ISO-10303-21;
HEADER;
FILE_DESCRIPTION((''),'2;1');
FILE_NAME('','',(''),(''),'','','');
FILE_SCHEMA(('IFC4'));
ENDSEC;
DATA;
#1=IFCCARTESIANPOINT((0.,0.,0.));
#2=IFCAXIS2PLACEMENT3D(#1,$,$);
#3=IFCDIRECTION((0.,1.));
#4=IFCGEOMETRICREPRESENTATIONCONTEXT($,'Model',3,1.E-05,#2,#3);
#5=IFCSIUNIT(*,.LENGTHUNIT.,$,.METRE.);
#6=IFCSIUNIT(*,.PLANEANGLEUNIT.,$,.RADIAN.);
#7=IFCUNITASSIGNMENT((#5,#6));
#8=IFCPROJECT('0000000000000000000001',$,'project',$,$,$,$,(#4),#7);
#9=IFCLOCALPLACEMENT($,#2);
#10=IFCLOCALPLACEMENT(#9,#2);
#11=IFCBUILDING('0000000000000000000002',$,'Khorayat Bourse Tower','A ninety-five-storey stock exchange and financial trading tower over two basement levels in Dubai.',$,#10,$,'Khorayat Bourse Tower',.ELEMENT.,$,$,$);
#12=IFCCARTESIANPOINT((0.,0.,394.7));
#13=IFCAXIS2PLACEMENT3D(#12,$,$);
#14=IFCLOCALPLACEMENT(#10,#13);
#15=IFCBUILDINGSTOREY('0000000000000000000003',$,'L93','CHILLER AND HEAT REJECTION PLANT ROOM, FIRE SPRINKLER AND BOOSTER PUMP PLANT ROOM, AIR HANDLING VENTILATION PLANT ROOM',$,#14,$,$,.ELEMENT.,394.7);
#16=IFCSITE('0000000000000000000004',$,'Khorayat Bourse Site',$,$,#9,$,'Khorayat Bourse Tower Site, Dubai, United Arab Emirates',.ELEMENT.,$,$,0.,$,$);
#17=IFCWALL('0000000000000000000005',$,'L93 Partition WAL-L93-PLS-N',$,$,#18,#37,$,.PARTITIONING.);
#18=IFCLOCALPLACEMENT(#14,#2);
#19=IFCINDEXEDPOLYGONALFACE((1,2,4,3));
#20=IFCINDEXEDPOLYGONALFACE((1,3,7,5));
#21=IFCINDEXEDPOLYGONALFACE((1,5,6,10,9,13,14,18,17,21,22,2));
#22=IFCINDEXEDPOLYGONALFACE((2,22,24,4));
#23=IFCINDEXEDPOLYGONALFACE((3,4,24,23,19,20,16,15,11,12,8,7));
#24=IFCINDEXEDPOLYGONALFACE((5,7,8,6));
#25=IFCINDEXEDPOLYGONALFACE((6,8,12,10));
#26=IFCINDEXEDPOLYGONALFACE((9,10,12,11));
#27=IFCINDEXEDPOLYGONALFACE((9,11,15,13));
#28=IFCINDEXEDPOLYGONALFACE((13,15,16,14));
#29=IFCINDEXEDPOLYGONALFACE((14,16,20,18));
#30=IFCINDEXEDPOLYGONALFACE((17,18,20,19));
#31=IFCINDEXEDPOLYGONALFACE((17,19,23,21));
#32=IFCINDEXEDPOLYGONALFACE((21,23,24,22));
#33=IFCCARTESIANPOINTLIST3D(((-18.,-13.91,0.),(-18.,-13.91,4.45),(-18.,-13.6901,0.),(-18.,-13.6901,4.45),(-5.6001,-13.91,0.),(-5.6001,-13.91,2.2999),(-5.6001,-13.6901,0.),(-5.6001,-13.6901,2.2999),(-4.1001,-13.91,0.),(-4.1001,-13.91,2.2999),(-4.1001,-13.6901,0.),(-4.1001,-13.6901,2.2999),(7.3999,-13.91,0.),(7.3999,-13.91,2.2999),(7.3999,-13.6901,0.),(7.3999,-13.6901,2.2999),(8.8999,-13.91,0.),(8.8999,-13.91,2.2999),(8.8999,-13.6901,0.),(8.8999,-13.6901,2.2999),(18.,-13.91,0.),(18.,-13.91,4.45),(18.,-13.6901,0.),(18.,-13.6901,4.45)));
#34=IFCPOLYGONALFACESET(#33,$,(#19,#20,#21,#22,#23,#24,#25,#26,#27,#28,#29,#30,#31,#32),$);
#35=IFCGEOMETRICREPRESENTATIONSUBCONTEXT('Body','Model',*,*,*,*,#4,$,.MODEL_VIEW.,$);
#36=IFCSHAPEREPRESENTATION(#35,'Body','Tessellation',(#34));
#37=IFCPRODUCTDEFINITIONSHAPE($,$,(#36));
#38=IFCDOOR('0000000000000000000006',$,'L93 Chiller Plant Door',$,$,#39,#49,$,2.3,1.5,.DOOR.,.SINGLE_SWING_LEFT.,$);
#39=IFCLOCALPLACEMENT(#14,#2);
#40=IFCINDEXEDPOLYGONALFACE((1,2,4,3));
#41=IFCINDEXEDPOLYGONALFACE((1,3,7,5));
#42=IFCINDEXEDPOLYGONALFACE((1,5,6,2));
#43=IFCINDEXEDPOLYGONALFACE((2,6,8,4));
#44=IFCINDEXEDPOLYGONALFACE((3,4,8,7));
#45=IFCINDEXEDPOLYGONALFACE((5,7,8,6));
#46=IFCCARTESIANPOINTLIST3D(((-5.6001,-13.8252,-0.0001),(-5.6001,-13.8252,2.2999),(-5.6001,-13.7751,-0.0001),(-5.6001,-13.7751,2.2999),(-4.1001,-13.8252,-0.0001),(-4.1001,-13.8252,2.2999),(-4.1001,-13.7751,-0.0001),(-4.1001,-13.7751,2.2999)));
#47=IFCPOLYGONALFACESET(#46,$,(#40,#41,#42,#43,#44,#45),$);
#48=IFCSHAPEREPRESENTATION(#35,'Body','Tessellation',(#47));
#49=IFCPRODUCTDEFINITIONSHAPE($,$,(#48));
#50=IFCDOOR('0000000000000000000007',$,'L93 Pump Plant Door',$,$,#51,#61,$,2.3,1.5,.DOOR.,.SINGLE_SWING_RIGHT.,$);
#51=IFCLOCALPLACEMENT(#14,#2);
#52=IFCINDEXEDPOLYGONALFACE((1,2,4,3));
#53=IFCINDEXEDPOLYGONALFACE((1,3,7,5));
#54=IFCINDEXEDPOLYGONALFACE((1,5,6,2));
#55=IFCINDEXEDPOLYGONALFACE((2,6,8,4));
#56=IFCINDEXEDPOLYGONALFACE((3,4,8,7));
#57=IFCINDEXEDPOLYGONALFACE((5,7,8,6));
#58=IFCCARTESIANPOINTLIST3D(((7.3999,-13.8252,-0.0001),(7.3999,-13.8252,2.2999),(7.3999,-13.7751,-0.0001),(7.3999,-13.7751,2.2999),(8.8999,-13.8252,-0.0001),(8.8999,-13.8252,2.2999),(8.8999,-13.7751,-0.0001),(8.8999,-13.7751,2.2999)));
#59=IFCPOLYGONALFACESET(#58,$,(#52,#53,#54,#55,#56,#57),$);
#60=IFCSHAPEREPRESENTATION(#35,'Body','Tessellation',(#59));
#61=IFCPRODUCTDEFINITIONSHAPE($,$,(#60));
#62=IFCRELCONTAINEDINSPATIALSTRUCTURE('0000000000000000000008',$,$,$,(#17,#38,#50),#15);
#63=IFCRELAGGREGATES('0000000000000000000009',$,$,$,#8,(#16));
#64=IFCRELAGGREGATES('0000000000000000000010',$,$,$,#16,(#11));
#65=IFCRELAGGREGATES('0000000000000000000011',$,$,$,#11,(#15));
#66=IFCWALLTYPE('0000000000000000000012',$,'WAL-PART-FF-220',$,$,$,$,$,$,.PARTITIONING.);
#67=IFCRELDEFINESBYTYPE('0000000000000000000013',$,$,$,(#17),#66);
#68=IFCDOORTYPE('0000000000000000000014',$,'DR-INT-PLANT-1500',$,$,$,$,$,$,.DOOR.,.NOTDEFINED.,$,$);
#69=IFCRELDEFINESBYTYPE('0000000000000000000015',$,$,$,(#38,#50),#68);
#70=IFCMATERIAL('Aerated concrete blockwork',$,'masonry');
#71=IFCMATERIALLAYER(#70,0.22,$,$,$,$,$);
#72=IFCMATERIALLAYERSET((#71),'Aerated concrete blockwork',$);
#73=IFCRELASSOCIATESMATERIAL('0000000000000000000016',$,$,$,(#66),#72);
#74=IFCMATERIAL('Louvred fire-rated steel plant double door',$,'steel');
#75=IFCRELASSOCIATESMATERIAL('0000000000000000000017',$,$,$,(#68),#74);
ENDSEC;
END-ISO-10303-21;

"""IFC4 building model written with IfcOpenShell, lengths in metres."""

from ifc_helpers import new_model, si_unit, direction, frame, frame_2d, origin, place, context, subcontext, project, spatial, rectangle, extrude, source, transform, mapped, material, layer, layer_set, type_object, element, fill, save


model = new_model("IFC4")

# Units and contexts
model_context = context("Model", 3, precision=1e-05, world=origin(), true_north=direction((0.0, 1.0)))
body_context = subcontext(model_context, "Body", "Model", "MODEL_VIEW")
ifc_project = project(units=[si_unit("LENGTHUNIT", "METRE"), si_unit("PLANEANGLEUNIT", "RADIAN")], contexts=[model_context])

# Site, building, storey
site_placement = place(None, origin())
site = spatial("IfcSite", under=ifc_project, at=site_placement, Name="Khorayat Bourse Site", LongName="Khorayat Bourse Tower Site, Dubai, United Arab Emirates", CompositionType="ELEMENT", RefElevation=0.0)
building_placement = place(site_placement, origin())
building = spatial("IfcBuilding", under=site, at=building_placement, Name="Khorayat Bourse Tower", Description="A ninety-five-storey stock exchange and financial trading tower over two basement levels in Dubai.", LongName="Khorayat Bourse Tower", CompositionType="ELEMENT")
storey_placement = place(building_placement, frame((0.0, 0.0, 394.7)))
storey = spatial("IfcBuildingStorey", under=building, at=storey_placement, Name="L93", Description="CHILLER AND HEAT REJECTION PLANT ROOM, FIRE SPRINKLER AND BOOSTER PUMP PLANT ROOM, AIR HANDLING VENTILATION PLANT ROOM", CompositionType="ELEMENT", Elevation=394.7)

# Wall, openings, doors
ifc_material_1 = material(Name="Aerated concrete blockwork", Category="masonry")
ifc_layer_1 = layer(ifc_material_1, 0.22)
ifc_layer_set_1 = layer_set([ifc_layer_1], Name="Aerated concrete blockwork")
wall_type_1 = type_object("IfcWallType", Name="WAL-PART-FF-220", PredefinedType="PARTITIONING", material=ifc_layer_set_1)
shared_shape_1 = source(origin(), body_context, "Body", "SweptSolid", [
    extrude(rectangle(XDim=36.0, YDim=0.22, at=frame_2d((18.0, 0.0))), origin(), (0.0, 0.0, 1.0), 4.45),
])
wall_1_placement = place(storey_placement, frame((-18.0, -13.8, 0.0), z_axis=(0.0, 0.0, 1.0), x_axis=(1.0, 0.0, 0.0)))
wall_1 = element("IfcWall", 1, at=wall_1_placement, inside=storey, type_object=wall_type_1, Name="L93 Partition WAL-L93-PLS-N", PredefinedType="PARTITIONING", context=body_context, shape_type="MappedRepresentation", body=[
    mapped(shared_shape_1, transform((0.0, 0.0, 0.0), scale=1.0)),
])
shared_shape_2 = source(origin(), body_context, "Body", "SweptSolid", [
    extrude(rectangle(XDim=1.5, YDim=2.3, at=frame_2d((0.75, 1.1499))), frame((0.0, 0.1199, 0.0), z_axis=(0.0, -1.0, 0.0), x_axis=(1.0, 0.0, 0.0)), (0.0, 0.0, 1.0), 0.24),
])
opening_1_placement = place(wall_1_placement, frame((12.3999, 0.0, 0.0)))
opening_1 = element("IfcOpeningElement", 2, at=opening_1_placement, cuts=wall_1, PredefinedType="OPENING", context=body_context, shape_type="MappedRepresentation", body=[
    mapped(shared_shape_2, transform((0.0, 0.0, 0.0), scale=1.0)),
])
opening_2_placement = place(wall_1_placement, frame((25.3999, 0.0, 0.0)))
opening_2 = element("IfcOpeningElement", 3, at=opening_2_placement, cuts=wall_1, PredefinedType="OPENING", context=body_context, shape_type="MappedRepresentation", body=[
    mapped(shared_shape_2, transform((0.0, 0.0, 0.0), scale=1.0)),
])
ifc_material_2 = material(Name="Louvred fire-rated steel plant double door", Category="steel")
door_type_1 = type_object("IfcDoorType", Name="DR-INT-PLANT-1500", OperationType="NOTDEFINED", PredefinedType="DOOR", material=ifc_material_2)
shared_shape_3 = source(origin(), body_context, "Body", "SweptSolid", [
    extrude(rectangle(XDim=1.5, YDim=2.3, at=frame_2d((0.75, 1.1499))), frame((0.0, 0.0249, 0.0), z_axis=(0.0, -1.0, 0.0), x_axis=(1.0, 0.0, 0.0)), (0.0, 0.0, 1.0), 0.05),
])
door_1_placement = place(opening_1_placement, origin())
door_1 = element("IfcDoor", 4, at=door_1_placement, inside=storey, type_object=door_type_1, Name="L93 Chiller Plant Door", OperationType="SINGLE_SWING_LEFT", OverallHeight=2.3, OverallWidth=1.5, PredefinedType="DOOR", context=body_context, shape_type="MappedRepresentation", body=[
    mapped(shared_shape_3, transform((0.0, 0.0, 0.0), scale=1.0)),
])
fill(opening_1, door_1)
door_2_placement = place(opening_2_placement, origin())
door_2 = element("IfcDoor", 5, at=door_2_placement, inside=storey, type_object=door_type_1, Name="L93 Pump Plant Door", OperationType="SINGLE_SWING_RIGHT", OverallHeight=2.3, OverallWidth=1.5, PredefinedType="DOOR", context=body_context, shape_type="MappedRepresentation", body=[
    mapped(shared_shape_3, transform((0.0, 0.0, 0.0), scale=1.0)),
])
fill(opening_2, door_2)

save(model, "model.ifc")
